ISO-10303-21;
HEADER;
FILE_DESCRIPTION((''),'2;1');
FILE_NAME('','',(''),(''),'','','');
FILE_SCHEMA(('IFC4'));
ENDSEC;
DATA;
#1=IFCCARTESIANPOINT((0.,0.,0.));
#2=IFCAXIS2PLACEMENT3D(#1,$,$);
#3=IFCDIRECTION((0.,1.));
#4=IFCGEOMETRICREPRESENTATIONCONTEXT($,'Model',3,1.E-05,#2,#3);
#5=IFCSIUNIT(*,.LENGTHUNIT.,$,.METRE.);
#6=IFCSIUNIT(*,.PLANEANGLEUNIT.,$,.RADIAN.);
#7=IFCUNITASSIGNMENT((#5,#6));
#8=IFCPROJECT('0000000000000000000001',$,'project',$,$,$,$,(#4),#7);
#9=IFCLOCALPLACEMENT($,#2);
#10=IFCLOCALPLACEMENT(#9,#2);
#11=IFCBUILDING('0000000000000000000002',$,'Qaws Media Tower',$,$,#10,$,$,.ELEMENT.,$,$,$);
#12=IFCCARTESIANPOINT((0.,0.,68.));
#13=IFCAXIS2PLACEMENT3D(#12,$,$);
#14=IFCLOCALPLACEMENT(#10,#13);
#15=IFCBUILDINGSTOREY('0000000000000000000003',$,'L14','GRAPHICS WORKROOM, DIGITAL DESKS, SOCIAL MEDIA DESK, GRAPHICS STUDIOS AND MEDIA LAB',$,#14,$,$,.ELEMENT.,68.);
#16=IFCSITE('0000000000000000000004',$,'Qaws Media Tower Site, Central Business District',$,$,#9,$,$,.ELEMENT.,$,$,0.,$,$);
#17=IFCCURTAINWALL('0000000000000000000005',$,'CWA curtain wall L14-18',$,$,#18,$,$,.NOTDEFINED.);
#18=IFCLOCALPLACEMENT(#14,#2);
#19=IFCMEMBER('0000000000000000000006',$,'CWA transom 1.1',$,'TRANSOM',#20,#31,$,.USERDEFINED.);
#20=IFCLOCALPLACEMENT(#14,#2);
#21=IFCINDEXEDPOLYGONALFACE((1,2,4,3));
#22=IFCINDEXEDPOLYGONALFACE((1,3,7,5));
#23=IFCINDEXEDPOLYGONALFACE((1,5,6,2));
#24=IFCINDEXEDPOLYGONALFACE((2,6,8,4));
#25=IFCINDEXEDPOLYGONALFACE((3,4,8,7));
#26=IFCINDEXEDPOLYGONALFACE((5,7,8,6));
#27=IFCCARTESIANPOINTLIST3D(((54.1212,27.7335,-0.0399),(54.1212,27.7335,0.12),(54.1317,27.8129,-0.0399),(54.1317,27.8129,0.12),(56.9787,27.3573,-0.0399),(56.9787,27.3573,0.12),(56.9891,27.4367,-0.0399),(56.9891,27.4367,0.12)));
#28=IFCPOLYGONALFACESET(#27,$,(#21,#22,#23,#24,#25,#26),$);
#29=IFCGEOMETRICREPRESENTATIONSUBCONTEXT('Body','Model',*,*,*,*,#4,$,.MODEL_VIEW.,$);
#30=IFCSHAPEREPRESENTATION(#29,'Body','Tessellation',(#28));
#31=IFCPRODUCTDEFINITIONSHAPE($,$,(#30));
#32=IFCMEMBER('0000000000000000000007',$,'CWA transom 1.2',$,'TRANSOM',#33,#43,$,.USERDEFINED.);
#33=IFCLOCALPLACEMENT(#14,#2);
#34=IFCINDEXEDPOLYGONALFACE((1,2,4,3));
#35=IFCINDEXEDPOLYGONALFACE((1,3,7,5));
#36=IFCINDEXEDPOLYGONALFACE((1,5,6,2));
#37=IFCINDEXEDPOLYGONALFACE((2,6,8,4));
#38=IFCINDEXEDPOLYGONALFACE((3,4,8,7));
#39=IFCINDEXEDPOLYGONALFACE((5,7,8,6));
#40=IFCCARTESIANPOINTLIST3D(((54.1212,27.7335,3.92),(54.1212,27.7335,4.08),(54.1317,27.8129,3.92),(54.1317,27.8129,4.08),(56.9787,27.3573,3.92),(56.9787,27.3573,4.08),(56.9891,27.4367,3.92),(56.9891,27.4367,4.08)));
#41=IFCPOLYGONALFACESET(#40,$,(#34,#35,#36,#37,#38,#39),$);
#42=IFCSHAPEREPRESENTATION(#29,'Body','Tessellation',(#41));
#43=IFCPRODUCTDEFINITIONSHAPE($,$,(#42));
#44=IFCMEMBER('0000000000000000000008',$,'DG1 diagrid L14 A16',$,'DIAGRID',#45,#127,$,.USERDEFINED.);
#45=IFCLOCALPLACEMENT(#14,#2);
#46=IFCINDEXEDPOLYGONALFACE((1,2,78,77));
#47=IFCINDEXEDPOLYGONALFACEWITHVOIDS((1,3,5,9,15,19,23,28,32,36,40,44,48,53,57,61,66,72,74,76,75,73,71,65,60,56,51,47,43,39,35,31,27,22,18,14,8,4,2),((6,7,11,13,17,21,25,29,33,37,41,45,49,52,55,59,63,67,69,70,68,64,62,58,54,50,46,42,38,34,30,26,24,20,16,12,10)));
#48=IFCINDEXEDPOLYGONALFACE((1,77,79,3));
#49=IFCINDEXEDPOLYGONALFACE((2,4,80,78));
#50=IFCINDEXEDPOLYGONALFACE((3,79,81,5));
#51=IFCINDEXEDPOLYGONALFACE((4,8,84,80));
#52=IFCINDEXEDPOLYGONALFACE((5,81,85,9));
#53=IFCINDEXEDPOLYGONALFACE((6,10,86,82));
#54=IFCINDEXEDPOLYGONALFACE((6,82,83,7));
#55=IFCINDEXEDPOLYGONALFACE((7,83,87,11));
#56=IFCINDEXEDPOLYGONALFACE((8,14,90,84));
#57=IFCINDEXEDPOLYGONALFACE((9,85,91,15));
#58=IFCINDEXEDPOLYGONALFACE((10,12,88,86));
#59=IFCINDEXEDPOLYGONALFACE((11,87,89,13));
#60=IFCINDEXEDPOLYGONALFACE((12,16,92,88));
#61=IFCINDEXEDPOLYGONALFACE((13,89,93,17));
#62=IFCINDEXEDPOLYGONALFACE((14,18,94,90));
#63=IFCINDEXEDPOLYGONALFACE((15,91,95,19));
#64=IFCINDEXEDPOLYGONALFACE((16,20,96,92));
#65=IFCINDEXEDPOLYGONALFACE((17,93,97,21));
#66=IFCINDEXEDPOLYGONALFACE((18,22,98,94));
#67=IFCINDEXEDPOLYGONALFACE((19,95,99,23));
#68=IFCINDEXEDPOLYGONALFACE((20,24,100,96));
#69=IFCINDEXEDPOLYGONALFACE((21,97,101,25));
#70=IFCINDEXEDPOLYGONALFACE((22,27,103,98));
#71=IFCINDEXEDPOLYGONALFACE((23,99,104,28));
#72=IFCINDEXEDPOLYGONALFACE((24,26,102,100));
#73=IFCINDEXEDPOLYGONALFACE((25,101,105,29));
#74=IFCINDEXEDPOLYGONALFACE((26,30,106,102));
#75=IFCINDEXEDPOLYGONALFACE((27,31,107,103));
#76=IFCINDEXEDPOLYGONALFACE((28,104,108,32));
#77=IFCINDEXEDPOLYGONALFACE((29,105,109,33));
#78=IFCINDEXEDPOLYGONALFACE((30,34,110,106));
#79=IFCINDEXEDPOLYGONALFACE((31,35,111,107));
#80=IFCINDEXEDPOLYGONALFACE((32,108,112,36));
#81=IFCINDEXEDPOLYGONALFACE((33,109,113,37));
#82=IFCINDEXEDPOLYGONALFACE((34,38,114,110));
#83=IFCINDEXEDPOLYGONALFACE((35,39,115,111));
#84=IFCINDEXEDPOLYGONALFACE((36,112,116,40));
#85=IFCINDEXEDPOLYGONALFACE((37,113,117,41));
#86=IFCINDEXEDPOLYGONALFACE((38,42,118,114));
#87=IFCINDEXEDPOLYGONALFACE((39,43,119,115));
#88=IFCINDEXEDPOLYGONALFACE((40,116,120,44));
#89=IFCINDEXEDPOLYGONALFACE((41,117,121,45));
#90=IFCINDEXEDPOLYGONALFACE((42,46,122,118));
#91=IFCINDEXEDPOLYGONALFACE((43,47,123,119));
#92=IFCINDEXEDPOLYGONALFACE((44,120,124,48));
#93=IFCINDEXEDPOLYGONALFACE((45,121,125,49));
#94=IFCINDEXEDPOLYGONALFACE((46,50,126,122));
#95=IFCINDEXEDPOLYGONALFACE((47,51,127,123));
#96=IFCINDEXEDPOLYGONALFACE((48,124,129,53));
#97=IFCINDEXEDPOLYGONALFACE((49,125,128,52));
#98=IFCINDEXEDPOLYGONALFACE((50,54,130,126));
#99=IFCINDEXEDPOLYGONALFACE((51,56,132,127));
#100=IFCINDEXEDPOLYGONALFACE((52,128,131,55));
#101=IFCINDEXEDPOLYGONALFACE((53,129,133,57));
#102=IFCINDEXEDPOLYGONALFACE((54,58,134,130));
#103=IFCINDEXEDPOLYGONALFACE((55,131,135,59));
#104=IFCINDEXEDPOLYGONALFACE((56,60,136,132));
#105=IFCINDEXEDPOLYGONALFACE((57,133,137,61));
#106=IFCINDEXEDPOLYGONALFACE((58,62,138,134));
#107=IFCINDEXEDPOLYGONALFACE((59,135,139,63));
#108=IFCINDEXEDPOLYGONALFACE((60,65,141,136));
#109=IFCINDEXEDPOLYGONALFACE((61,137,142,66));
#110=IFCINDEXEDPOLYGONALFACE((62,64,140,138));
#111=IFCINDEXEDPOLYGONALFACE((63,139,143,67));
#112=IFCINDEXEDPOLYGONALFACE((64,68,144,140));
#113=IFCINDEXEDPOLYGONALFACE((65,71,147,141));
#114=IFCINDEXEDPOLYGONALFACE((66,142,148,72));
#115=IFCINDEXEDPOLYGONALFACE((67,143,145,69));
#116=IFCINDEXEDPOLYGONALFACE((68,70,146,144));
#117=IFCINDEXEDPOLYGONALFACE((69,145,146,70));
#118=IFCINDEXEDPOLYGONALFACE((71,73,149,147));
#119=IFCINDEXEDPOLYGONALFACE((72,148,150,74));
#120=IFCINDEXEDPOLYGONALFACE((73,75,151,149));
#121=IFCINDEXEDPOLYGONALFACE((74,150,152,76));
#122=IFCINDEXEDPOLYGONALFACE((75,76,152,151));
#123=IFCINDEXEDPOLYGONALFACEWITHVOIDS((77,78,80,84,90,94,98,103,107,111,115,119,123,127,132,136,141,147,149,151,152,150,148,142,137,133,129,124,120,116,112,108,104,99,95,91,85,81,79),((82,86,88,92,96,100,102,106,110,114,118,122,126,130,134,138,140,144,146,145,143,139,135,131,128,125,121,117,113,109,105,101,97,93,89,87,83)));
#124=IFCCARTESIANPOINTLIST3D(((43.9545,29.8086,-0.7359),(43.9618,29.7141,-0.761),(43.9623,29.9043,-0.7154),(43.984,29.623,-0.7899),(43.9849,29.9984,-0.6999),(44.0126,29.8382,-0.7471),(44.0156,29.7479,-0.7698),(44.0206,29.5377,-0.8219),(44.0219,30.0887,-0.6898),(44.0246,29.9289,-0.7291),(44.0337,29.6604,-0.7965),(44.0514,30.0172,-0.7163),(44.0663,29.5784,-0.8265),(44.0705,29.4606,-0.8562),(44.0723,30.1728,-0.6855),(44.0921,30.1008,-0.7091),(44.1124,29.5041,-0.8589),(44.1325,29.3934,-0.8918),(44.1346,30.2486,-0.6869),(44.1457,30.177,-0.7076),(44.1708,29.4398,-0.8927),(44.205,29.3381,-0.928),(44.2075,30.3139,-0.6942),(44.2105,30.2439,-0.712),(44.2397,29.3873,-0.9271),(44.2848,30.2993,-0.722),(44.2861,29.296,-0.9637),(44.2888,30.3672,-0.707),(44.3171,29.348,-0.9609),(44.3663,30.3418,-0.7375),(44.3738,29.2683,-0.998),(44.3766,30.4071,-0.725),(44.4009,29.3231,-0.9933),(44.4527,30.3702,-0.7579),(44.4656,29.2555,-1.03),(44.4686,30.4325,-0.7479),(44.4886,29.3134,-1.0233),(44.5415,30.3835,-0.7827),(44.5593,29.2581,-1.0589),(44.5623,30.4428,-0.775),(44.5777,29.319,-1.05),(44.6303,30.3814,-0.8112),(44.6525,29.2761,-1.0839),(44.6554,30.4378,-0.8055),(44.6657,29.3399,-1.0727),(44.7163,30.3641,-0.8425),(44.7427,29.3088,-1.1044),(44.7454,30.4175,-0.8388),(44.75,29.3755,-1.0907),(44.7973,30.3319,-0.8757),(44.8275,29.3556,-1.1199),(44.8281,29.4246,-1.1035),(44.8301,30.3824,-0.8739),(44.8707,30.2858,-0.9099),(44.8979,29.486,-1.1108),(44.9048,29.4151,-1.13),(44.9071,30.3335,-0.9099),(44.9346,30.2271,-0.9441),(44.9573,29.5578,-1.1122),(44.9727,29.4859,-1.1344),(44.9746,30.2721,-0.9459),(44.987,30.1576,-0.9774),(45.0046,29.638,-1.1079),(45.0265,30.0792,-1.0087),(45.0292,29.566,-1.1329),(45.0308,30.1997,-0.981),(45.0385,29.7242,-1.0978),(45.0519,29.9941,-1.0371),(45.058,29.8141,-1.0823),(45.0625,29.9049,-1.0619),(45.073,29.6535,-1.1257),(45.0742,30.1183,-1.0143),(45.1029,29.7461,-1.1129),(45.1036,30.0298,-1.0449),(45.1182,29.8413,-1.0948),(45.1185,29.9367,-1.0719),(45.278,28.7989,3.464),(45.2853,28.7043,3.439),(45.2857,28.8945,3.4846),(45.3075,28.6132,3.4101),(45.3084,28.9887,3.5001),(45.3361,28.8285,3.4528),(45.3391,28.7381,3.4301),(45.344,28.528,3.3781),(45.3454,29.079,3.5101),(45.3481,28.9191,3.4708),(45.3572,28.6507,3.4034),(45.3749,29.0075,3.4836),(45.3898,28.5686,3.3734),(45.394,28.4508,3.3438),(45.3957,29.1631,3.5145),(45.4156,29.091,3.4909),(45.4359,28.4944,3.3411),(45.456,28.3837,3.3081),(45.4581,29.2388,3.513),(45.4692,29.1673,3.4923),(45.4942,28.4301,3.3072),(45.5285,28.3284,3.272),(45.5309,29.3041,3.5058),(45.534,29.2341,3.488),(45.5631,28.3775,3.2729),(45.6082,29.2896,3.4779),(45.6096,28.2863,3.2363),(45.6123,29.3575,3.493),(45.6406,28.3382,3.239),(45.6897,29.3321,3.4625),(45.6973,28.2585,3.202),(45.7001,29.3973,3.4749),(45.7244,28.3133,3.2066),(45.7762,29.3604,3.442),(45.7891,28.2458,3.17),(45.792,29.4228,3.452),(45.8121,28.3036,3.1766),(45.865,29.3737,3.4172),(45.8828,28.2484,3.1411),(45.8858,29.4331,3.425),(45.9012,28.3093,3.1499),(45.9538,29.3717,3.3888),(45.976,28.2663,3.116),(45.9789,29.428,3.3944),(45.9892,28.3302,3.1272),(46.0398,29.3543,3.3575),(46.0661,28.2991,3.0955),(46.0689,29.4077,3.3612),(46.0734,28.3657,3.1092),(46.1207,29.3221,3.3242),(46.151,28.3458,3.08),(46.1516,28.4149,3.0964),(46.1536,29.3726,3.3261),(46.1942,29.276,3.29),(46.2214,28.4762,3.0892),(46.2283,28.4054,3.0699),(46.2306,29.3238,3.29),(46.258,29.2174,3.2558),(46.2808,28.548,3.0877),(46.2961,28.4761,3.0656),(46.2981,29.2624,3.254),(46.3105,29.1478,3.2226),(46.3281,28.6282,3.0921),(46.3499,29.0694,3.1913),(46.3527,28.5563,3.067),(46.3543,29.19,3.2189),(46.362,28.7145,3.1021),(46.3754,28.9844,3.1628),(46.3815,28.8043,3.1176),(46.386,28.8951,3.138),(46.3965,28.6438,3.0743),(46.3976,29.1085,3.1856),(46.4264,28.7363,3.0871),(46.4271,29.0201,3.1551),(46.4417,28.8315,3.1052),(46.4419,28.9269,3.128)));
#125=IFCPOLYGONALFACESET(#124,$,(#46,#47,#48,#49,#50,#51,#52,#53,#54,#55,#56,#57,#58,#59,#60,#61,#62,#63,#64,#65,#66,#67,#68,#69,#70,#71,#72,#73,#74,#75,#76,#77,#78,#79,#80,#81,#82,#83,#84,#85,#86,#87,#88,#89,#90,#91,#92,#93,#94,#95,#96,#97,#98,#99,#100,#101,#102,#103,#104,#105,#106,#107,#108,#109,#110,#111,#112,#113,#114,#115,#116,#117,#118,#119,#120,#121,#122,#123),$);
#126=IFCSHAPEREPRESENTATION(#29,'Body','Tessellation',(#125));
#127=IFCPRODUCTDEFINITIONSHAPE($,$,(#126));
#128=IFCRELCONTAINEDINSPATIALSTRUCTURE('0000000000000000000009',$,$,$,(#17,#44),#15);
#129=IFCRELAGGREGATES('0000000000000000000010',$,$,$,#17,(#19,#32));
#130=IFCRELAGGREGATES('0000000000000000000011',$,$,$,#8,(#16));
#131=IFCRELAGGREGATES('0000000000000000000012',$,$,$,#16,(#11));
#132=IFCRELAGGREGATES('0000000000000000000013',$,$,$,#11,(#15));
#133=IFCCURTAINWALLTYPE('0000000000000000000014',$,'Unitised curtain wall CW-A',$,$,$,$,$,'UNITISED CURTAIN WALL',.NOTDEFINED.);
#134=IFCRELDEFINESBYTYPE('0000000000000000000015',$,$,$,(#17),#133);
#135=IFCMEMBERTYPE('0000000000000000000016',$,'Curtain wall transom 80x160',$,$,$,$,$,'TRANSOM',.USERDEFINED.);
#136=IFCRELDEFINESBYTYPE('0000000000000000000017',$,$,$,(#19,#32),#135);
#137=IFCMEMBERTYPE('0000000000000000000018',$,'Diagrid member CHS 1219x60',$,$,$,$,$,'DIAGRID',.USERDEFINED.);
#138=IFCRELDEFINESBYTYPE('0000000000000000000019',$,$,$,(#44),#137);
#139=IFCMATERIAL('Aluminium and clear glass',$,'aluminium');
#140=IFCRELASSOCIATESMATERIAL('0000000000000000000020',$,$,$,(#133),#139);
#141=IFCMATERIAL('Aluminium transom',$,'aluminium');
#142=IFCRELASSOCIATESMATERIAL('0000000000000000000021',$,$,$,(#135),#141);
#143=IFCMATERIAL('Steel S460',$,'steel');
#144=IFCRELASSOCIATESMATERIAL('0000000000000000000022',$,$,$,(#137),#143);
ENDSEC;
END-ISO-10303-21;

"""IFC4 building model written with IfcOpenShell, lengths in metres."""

from ifc_helpers import new_model, si_unit, direction, frame, origin, origin_2d, place, context, subcontext, project, spatial, rectangle, hollow_circle, extrude, material, material_profile, profile_set, type_object, element, aggregate, save


model = new_model("IFC4")

# Units and contexts
model_context = context("Model", 3, precision=1e-05, world=origin(), true_north=direction((0.0, 1.0)))
body_context = subcontext(model_context, "Body", "Model", "MODEL_VIEW")
ifc_project = project(units=[si_unit("LENGTHUNIT", "METRE"), si_unit("PLANEANGLEUNIT", "RADIAN")], contexts=[model_context])

# Site, building, storey
site_placement = place(None, origin())
site = spatial("IfcSite", under=ifc_project, at=site_placement, Name="Qaws Media Tower Site, Central Business District", CompositionType="ELEMENT", RefElevation=0.0)
building_placement = place(site_placement, origin())
building = spatial("IfcBuilding", under=site, at=building_placement, Name="Qaws Media Tower", CompositionType="ELEMENT")
storey_placement = place(building_placement, frame((0.0, 0.0, 68.0)))
storey = spatial("IfcBuildingStorey", under=building, at=storey_placement, Name="L14", Description="GRAPHICS WORKROOM, DIGITAL DESKS, SOCIAL MEDIA DESK, GRAPHICS STUDIOS AND MEDIA LAB", CompositionType="ELEMENT", Elevation=68.0)

# Shared definitions
ifc_material_1 = material(Name="Aluminium and clear glass", Category="aluminium")
curtain_wall_type = type_object("IfcCurtainWallType", Name="Unitised curtain wall CW-A", ElementType="UNITISED CURTAIN WALL", PredefinedType="NOTDEFINED", material=ifc_material_1)

# Curtain wall
curtain_wall_1_placement = place(storey_placement, origin())
curtain_wall_1 = element("IfcCurtainWall", 1, at=curtain_wall_1_placement, inside=storey, type_object=curtain_wall_type, Name="CWA curtain wall L14-18", PredefinedType="NOTDEFINED")

# Members
ifc_material_2 = material(Name="Aluminium transom", Category="aluminium")
ifc_material_profile_1 = material_profile(ifc_material_2, rectangle(XDim=0.0801, YDim=0.1599, at=origin_2d()), Name="80x160")
ifc_profile_set_1 = profile_set([ifc_material_profile_1], Name="Aluminium transom")
member_type_1 = type_object("IfcMemberType", Name="Curtain wall transom 80x160", ElementType="TRANSOM", PredefinedType="USERDEFINED", material=ifc_profile_set_1)
member_1_placement = place(storey_placement, frame((54.1265, 27.7732, 0.04), z_axis=(0.991443, -0.130538, 0.0), x_axis=(0.130538, 0.991443, 0.0)))
member_1 = element("IfcMember", 2, at=member_1_placement, type_object=member_type_1, Name="CWA transom 1.1", ObjectType="TRANSOM", PredefinedType="USERDEFINED", context=body_context, shape_type="SweptSolid", body=[
    extrude(rectangle(XDim=0.0801, YDim=0.1599, at=origin_2d()), origin(), (0.0, 0.0, 1.0), 2.8821),
])
member_2_placement = place(storey_placement, frame((54.1265, 27.7732, 4.0), z_axis=(0.991443, -0.130538, 0.0), x_axis=(0.130538, 0.991443, 0.0)))
member_2 = element("IfcMember", 3, at=member_2_placement, type_object=member_type_1, Name="CWA transom 1.2", ObjectType="TRANSOM", PredefinedType="USERDEFINED", context=body_context, shape_type="SweptSolid", body=[
    extrude(rectangle(XDim=0.0801, YDim=0.1599, at=origin_2d()), origin(), (0.0, 0.0, 1.0), 2.8821),
])
aggregate(curtain_wall_1, [member_1, member_2])

# Member
ifc_material_3 = material(Name="Steel S460", Category="steel")
ifc_material_profile_2 = material_profile(ifc_material_3, hollow_circle(Radius=0.6096, WallThickness=0.0601, at=origin_2d()), Name="CHS 1219x60")
ifc_profile_set_2 = profile_set([ifc_material_profile_2], Name="Steel S460")
member_type_2 = type_object("IfcMemberType", Name="Diagrid member CHS 1219x60", ElementType="DIAGRID", PredefinedType="USERDEFINED", material=ifc_profile_set_2)
for number, where, z_axis, x_axis, name in (
    (4, (44.5374, 29.8489, -0.9099), (0.292947, -0.223507, 0.929638), (0.606573, 0.795028, 0.0), "DG1 diagrid L14 A16"),
):
    element("IfcMember", number, at=place(storey_placement, frame(where, z_axis=z_axis, x_axis=x_axis)), inside=storey, type_object=member_type_2, Name=name, ObjectType="DIAGRID", PredefinedType="USERDEFINED", context=body_context, shape_type="SweptSolid", body=[
        extrude(hollow_circle(Radius=0.6096, WallThickness=0.0601, at=origin_2d()), origin(), (0.0, 0.0, 1.0), 4.5178),
    ])

save(model, "model.ifc")
